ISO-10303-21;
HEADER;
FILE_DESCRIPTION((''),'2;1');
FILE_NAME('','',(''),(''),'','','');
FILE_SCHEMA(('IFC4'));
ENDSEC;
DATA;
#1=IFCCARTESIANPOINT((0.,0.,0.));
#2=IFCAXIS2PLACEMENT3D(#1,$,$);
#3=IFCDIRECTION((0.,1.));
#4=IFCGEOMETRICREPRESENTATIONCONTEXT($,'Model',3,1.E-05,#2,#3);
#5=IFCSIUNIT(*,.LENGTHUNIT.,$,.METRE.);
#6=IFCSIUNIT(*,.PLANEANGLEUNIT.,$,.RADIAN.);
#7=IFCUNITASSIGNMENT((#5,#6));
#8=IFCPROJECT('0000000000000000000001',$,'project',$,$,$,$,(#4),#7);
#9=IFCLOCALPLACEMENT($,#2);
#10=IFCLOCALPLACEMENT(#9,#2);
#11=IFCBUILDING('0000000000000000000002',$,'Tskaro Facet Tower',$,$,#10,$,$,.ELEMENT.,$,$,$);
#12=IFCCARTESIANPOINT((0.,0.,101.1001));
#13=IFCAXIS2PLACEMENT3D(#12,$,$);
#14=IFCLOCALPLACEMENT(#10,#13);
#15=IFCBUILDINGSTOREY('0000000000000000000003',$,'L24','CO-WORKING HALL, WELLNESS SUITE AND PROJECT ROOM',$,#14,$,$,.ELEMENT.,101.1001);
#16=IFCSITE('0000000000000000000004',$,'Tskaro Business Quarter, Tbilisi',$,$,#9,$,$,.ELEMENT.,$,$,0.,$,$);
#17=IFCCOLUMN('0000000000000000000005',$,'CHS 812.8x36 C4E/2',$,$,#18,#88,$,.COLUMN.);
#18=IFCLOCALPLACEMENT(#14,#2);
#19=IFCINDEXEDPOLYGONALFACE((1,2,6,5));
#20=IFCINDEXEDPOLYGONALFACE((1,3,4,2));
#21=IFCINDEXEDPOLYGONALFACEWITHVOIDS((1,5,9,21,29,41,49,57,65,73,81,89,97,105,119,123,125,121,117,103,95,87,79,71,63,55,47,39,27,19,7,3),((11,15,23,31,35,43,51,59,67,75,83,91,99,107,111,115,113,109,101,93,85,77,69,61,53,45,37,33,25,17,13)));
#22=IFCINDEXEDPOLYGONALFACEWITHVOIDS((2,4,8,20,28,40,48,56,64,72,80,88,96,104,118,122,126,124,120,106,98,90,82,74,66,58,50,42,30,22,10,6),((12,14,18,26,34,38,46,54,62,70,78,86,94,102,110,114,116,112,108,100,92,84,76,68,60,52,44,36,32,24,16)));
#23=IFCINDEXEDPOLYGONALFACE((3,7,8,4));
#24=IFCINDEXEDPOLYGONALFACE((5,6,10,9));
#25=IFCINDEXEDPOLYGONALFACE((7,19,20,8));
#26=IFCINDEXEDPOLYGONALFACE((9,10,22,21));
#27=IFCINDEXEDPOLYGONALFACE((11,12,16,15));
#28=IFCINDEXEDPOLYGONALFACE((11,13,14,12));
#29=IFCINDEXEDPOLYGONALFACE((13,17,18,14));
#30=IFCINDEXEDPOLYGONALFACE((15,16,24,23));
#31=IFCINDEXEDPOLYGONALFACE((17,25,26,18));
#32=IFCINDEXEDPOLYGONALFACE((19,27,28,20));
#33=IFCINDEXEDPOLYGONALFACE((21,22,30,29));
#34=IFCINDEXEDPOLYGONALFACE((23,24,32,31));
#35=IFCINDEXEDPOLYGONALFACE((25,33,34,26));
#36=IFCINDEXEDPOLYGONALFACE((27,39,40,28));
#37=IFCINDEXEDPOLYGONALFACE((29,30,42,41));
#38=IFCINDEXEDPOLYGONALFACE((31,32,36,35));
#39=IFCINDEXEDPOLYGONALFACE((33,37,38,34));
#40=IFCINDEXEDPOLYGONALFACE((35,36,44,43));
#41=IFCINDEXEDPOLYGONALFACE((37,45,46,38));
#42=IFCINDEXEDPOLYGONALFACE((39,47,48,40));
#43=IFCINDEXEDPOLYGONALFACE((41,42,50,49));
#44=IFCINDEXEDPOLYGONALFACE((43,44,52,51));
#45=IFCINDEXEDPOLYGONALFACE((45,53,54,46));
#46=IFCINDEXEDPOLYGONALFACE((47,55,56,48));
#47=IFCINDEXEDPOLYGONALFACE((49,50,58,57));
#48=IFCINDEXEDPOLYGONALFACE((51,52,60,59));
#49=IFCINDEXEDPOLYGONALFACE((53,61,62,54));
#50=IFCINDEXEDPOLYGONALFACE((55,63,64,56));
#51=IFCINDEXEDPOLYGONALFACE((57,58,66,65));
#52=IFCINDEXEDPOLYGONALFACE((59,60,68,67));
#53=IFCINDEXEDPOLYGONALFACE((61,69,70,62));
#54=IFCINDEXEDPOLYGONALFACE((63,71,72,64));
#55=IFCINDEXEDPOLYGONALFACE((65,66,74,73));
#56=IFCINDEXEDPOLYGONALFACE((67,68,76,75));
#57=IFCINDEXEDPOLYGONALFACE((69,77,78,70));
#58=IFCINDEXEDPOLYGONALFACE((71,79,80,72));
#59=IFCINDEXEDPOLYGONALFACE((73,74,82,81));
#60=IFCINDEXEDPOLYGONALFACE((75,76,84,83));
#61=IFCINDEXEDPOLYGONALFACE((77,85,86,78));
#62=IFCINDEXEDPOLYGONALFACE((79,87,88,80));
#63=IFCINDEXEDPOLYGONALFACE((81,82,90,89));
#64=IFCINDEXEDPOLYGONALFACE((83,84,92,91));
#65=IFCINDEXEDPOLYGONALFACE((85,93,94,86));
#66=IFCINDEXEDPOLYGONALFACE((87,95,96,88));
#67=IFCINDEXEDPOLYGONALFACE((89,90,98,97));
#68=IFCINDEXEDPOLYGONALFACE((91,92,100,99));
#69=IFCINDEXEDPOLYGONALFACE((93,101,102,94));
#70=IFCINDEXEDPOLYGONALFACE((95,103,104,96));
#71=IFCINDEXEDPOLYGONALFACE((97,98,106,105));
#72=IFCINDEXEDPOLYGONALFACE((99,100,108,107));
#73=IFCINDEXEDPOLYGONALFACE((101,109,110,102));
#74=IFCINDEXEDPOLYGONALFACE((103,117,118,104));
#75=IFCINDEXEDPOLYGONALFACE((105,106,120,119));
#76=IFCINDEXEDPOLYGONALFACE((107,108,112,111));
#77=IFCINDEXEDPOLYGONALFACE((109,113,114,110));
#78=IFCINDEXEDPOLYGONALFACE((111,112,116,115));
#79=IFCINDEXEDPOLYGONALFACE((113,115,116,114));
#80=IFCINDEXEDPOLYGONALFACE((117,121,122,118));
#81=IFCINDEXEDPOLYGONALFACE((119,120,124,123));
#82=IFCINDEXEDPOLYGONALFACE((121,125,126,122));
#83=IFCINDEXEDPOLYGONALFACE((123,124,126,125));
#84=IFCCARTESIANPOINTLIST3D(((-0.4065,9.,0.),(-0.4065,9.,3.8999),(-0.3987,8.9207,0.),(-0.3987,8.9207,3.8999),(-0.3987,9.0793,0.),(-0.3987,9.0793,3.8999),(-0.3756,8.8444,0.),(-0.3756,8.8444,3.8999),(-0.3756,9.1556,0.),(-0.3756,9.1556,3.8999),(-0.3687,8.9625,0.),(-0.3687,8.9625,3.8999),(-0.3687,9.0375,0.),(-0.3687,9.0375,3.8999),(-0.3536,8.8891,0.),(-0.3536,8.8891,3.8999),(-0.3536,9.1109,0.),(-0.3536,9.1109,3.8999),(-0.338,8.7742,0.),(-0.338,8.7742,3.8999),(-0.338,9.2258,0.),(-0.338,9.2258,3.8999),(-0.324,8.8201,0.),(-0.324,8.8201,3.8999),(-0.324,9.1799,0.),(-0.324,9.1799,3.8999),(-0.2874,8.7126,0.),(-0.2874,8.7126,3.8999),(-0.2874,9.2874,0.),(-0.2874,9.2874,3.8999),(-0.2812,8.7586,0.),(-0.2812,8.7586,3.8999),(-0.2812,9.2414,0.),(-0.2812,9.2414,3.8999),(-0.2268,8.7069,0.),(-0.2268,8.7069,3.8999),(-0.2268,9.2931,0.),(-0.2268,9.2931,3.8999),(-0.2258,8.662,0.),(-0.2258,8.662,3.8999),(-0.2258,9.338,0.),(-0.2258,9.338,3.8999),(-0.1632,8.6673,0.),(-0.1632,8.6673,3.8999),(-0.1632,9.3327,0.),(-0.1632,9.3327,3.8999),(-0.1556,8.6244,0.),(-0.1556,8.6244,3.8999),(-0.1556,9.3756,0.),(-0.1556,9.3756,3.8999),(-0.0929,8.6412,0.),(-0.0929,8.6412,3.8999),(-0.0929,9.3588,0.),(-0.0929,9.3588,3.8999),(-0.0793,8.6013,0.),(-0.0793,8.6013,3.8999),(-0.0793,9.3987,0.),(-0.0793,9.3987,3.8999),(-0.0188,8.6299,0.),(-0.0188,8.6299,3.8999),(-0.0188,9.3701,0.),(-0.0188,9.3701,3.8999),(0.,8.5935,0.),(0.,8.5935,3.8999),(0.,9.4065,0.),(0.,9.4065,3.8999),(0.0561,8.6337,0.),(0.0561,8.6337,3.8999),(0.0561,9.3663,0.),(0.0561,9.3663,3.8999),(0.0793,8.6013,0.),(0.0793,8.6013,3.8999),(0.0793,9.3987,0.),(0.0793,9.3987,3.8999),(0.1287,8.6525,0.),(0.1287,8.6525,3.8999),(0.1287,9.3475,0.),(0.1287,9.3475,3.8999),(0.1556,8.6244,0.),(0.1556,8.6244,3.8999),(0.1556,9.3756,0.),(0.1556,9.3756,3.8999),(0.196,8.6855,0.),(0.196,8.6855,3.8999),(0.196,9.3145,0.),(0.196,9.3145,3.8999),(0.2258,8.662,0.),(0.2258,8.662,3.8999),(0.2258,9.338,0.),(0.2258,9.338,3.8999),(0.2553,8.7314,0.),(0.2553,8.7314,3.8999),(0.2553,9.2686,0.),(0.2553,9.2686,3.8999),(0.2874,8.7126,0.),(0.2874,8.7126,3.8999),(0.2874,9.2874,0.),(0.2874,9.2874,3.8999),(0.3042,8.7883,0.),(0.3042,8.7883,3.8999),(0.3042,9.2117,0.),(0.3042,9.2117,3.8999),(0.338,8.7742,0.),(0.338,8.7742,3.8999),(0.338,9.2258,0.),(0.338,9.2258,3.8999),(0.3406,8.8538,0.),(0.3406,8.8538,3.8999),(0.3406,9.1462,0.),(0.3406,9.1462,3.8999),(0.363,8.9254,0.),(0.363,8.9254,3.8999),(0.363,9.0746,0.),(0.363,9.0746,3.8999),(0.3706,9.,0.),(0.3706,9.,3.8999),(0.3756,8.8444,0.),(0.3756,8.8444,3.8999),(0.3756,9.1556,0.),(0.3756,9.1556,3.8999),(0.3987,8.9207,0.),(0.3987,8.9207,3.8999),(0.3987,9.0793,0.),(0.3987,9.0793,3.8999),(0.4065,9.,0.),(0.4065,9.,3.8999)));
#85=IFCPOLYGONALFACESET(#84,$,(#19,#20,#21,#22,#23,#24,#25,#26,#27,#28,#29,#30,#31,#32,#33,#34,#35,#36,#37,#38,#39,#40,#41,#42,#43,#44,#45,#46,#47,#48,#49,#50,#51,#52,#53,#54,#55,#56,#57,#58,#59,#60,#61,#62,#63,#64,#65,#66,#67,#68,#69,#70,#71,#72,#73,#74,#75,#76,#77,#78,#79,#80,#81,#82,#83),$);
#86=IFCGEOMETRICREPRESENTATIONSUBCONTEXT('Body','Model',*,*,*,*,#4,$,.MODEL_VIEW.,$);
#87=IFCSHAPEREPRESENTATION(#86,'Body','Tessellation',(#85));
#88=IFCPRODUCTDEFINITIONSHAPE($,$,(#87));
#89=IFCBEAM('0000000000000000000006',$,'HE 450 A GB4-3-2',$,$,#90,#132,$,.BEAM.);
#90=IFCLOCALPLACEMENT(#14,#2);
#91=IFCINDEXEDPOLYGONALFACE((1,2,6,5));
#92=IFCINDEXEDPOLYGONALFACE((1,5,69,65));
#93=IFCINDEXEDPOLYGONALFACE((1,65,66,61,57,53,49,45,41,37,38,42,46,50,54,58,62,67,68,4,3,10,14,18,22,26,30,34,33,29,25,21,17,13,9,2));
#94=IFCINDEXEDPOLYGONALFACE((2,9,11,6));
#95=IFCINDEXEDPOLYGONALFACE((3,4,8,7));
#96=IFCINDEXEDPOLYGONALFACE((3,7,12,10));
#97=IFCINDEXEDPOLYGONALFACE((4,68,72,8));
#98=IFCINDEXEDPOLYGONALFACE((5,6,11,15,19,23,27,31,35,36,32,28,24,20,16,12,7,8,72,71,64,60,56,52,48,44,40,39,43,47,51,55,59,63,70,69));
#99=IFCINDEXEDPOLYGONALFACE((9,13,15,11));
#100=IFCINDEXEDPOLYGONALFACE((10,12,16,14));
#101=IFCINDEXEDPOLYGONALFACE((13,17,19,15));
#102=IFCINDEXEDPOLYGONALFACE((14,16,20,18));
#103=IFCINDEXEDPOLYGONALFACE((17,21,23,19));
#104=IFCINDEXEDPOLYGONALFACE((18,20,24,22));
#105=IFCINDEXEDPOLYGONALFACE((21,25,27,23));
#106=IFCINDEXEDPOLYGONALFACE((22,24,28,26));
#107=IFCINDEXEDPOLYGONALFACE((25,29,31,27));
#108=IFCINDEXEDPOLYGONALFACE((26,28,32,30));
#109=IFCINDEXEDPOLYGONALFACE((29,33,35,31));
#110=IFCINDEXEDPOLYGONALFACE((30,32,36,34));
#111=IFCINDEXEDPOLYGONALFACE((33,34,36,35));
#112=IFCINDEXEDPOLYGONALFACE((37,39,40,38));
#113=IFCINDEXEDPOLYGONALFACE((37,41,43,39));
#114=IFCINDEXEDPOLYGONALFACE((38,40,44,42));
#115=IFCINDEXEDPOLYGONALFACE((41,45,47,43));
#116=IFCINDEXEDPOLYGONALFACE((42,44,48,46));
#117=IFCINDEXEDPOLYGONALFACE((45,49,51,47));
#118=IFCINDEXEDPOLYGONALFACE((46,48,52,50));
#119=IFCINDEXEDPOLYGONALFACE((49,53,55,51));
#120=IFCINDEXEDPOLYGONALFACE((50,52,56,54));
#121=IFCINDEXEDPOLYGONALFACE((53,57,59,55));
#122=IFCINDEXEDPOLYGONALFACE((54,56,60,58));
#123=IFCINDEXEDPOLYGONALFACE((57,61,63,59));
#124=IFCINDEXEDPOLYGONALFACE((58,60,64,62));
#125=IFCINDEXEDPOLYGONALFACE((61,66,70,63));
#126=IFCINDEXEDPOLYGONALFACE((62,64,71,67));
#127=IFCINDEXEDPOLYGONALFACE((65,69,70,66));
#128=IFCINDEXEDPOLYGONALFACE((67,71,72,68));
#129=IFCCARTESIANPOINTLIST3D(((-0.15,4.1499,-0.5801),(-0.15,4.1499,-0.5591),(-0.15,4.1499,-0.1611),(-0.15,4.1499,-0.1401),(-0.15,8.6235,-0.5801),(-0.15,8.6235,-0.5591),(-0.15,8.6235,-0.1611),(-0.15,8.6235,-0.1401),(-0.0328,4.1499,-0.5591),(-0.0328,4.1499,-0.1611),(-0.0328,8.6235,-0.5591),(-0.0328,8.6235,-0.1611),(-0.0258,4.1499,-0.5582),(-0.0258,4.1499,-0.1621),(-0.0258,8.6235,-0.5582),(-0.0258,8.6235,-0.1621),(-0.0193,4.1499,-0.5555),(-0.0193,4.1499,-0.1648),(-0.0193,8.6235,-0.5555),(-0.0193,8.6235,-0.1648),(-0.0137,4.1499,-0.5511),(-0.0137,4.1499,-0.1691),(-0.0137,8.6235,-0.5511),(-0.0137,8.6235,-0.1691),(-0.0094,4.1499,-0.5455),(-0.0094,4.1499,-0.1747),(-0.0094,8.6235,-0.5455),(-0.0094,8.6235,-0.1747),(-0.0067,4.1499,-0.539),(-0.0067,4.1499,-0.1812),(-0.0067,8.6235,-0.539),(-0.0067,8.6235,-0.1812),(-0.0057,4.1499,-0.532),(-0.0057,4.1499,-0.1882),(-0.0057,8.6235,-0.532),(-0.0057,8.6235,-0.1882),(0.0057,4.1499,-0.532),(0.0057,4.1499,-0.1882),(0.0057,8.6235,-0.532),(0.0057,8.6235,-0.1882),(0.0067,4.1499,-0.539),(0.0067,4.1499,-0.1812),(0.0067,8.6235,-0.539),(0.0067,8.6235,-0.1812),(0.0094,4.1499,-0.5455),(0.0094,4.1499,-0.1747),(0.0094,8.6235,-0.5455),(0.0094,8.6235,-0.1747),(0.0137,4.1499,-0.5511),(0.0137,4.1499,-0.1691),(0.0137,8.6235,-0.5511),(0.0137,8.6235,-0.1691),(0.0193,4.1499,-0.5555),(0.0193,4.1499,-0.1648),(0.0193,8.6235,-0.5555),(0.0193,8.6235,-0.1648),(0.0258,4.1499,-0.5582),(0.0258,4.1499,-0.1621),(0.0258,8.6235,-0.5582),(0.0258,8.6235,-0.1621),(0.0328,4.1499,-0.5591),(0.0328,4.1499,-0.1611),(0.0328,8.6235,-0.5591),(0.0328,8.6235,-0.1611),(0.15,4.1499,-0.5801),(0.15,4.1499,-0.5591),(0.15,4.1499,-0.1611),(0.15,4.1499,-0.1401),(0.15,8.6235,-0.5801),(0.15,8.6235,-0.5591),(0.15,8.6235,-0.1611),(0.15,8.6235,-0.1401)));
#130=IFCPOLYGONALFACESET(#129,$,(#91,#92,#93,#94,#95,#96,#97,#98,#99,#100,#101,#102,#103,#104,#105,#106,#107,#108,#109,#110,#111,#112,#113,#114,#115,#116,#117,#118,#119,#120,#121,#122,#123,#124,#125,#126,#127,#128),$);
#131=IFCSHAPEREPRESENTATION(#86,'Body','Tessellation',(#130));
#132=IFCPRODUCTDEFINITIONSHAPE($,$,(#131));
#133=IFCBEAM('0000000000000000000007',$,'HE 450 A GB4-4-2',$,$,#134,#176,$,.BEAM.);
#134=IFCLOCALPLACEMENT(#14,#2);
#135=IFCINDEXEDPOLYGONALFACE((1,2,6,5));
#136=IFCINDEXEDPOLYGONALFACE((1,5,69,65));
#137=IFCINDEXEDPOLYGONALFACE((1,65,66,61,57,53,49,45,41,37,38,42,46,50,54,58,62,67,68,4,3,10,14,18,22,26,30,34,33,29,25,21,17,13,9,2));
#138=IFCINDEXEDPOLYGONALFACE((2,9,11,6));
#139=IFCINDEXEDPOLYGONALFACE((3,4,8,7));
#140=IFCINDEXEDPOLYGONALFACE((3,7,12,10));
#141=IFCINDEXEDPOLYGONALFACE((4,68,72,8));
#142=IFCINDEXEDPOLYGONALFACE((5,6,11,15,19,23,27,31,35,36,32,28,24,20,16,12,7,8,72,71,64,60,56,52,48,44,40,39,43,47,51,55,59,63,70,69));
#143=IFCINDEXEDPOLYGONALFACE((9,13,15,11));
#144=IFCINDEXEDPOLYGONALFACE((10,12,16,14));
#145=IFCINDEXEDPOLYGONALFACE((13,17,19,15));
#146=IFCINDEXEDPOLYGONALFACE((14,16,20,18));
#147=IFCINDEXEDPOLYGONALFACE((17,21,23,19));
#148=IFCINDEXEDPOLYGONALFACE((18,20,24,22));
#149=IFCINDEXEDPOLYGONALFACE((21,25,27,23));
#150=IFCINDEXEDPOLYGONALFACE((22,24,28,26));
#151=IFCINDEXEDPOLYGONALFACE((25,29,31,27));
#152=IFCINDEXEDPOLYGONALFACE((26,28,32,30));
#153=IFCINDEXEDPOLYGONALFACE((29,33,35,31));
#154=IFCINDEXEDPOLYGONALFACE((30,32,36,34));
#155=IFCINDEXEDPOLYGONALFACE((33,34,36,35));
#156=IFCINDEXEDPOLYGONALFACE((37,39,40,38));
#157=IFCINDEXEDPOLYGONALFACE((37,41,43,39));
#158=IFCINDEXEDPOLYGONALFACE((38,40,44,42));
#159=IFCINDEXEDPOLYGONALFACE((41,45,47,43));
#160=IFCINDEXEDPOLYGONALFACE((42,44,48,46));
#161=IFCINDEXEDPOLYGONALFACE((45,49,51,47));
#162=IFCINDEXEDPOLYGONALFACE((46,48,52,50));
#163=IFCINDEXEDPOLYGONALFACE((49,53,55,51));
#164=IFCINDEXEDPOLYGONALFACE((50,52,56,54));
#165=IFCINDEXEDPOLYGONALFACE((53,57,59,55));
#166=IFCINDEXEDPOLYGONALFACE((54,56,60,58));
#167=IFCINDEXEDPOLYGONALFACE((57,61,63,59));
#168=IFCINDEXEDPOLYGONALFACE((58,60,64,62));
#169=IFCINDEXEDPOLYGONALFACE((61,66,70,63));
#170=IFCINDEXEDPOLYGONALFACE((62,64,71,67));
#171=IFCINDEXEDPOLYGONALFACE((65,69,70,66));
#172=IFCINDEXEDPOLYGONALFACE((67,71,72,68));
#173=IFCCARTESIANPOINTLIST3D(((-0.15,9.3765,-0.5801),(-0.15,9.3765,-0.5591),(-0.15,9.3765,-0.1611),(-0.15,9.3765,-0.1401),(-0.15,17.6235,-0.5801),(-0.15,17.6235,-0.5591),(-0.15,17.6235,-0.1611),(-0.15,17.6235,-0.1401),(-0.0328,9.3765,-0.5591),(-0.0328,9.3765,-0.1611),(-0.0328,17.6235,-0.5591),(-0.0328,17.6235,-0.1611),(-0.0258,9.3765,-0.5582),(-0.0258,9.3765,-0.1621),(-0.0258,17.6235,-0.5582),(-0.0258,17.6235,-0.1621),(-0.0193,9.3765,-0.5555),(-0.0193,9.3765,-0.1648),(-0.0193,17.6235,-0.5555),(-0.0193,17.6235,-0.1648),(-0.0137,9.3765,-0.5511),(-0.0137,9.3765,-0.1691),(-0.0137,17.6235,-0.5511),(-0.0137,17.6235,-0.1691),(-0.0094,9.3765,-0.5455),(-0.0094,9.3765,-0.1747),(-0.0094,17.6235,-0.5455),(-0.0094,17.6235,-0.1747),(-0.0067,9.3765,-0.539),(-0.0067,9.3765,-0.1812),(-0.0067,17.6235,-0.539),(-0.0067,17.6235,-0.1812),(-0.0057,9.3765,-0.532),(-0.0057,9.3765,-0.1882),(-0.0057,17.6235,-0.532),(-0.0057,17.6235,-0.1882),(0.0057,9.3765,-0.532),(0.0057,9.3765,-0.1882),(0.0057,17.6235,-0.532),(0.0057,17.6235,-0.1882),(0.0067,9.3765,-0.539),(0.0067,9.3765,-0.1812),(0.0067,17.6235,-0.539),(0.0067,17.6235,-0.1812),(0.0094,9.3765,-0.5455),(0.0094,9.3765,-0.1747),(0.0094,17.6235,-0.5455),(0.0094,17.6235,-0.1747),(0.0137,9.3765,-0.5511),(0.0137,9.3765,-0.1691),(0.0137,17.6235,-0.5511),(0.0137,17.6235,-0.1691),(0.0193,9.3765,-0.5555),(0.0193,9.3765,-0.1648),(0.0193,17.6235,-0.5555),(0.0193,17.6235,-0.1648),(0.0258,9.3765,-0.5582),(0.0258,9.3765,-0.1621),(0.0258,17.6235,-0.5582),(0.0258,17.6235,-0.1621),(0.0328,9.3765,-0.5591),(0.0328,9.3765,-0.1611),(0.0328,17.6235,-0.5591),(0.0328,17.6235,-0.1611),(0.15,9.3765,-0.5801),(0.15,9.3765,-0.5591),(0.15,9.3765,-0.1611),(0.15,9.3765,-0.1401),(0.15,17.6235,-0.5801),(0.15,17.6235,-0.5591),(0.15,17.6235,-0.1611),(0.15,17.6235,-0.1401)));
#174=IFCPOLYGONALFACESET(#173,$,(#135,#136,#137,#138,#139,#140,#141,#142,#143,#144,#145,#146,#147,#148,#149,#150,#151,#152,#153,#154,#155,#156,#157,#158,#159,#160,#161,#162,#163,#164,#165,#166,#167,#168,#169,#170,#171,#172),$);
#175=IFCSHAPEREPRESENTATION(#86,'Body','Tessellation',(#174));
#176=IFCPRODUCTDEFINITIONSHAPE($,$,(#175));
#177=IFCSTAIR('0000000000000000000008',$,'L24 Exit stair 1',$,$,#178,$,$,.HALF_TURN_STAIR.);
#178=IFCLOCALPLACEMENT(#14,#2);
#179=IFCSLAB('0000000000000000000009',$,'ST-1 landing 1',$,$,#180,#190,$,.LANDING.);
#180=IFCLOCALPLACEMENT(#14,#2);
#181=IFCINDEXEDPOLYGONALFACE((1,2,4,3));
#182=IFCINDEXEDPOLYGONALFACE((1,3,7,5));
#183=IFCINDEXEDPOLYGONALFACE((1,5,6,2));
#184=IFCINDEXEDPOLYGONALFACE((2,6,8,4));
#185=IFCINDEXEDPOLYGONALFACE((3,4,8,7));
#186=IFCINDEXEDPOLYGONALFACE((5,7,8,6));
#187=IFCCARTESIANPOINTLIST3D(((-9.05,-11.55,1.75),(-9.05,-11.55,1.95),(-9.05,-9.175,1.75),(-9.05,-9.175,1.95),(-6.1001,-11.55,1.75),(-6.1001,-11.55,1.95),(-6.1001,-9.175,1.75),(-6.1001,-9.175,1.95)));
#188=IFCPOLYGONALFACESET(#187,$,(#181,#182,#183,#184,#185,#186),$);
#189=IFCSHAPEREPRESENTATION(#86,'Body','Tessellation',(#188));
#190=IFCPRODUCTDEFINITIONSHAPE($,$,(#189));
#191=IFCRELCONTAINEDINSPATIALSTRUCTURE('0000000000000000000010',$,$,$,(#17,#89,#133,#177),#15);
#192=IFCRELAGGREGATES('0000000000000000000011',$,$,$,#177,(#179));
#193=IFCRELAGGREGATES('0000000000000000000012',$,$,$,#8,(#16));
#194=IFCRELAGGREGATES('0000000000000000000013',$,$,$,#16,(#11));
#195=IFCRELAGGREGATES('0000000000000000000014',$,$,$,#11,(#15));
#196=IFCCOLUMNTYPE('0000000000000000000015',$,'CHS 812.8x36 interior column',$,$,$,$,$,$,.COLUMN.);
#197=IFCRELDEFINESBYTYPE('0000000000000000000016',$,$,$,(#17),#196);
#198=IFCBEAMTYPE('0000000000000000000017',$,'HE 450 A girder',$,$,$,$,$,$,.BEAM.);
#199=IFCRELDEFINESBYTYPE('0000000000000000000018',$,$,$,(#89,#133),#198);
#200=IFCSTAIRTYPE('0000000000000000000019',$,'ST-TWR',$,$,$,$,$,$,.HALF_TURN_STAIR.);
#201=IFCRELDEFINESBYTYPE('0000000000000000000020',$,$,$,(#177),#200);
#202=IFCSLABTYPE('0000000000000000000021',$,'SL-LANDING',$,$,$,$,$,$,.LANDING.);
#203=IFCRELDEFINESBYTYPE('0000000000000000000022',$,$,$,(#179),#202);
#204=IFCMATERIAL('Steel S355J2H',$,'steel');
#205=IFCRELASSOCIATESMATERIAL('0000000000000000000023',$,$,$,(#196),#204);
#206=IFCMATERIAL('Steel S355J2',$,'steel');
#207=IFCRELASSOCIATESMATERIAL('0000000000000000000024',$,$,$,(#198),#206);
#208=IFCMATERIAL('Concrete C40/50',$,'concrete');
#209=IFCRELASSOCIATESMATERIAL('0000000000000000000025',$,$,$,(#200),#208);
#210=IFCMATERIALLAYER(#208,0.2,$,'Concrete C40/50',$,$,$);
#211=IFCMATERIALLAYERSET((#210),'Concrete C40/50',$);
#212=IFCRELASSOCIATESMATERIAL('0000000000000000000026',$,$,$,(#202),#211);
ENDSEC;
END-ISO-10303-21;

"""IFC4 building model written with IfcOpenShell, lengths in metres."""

from ifc_helpers import new_model, si_unit, direction, frame, origin, origin_2d, place, context, subcontext, project, spatial, polyline, hollow_circle, i_section, outline, extrude, material, layer, layer_set, material_profile, profile_set, type_object, element, aggregate, save


model = new_model("IFC4")

# Units and contexts
model_context = context("Model", 3, precision=1e-05, world=origin(), true_north=direction((0.0, 1.0)))
body_context = subcontext(model_context, "Body", "Model", "MODEL_VIEW")
ifc_project = project(units=[si_unit("LENGTHUNIT", "METRE"), si_unit("PLANEANGLEUNIT", "RADIAN")], contexts=[model_context])

# Site, building, storey
site_placement = place(None, origin())
site = spatial("IfcSite", under=ifc_project, at=site_placement, Name="Tskaro Business Quarter, Tbilisi", CompositionType="ELEMENT", RefElevation=0.0)
building_placement = place(site_placement, origin())
building = spatial("IfcBuilding", under=site, at=building_placement, Name="Tskaro Facet Tower", CompositionType="ELEMENT")
storey_placement = place(building_placement, frame((0.0, 0.0, 101.1001)))
storey = spatial("IfcBuildingStorey", under=building, at=storey_placement, Name="L24", Description="CO-WORKING HALL, WELLNESS SUITE AND PROJECT ROOM", CompositionType="ELEMENT", Elevation=101.1001)

# Column
ifc_material_1 = material(Name="Steel S355J2H", Category="steel")
ifc_material_profile_1 = material_profile(ifc_material_1, hollow_circle(Radius=0.4065, WallThickness=0.0359, at=origin_2d()), Name="CHS 812.8x36")
ifc_profile_set_1 = profile_set([ifc_material_profile_1], Name="Steel S355J2H")
column_type = type_object("IfcColumnType", Name="CHS 812.8x36 interior column", PredefinedType="COLUMN", material=ifc_profile_set_1)
column_placement = place(storey_placement, frame((0.0, 9.0, 0.0), z_axis=(0.0, 0.0, 1.0), x_axis=(1.0, 0.0, 0.0)))
element("IfcColumn", 1, at=column_placement, inside=storey, type_object=column_type, Name="CHS 812.8x36 C4E/2", PredefinedType="COLUMN", context=body_context, shape_type="SweptSolid", body=[
    extrude(hollow_circle(Radius=0.4065, WallThickness=0.0359, at=origin_2d()), origin(), (0.0, 0.0, 1.0), 3.8999),
])

# Beams
ifc_material_2 = material(Name="Steel S355J2", Category="steel")
ifc_material_profile_2 = material_profile(ifc_material_2, i_section(OverallWidth=0.3, OverallDepth=0.4399, WebThickness=0.0115, FlangeThickness=0.021, FilletRadius=0.0271, at=origin_2d()), Name="HE 450 A")
ifc_profile_set_2 = profile_set([ifc_material_profile_2], Name="Steel S355J2")
beam_type = type_object("IfcBeamType", Name="HE 450 A girder", PredefinedType="BEAM", material=ifc_profile_set_2)
beam_1_placement = place(storey_placement, frame((0.0, 4.1499, -0.3601), z_axis=(0.0, 1.0, 0.0), x_axis=(-1.0, 0.0, 0.0)))
element("IfcBeam", 2, at=beam_1_placement, inside=storey, type_object=beam_type, Name="HE 450 A GB4-3-2", PredefinedType="BEAM", context=body_context, shape_type="SweptSolid", body=[
    extrude(i_section(OverallWidth=0.3, OverallDepth=0.4399, WebThickness=0.0115, FlangeThickness=0.021, FilletRadius=0.0271, at=origin_2d()), origin(), (0.0, 0.0, 1.0), 4.4736),
])
beam_2_placement = place(storey_placement, frame((0.0, 9.3765, -0.3601), z_axis=(0.0, 1.0, 0.0), x_axis=(-1.0, 0.0, 0.0)))
element("IfcBeam", 3, at=beam_2_placement, inside=storey, type_object=beam_type, Name="HE 450 A GB4-4-2", PredefinedType="BEAM", context=body_context, shape_type="SweptSolid", body=[
    extrude(i_section(OverallWidth=0.3, OverallDepth=0.4399, WebThickness=0.0115, FlangeThickness=0.021, FilletRadius=0.0271, at=origin_2d()), origin(), (0.0, 0.0, 1.0), 8.2471),
])

# Stair, slab
ifc_material_3 = material(Name="Concrete C40/50", Category="concrete")
stair_type = type_object("IfcStairType", Name="ST-TWR", PredefinedType="HALF_TURN_STAIR", material=ifc_material_3)
stair_1_placement = place(storey_placement, origin())
stair_1 = element("IfcStair", 4, at=stair_1_placement, inside=storey, type_object=stair_type, Name="L24 Exit stair 1", PredefinedType="HALF_TURN_STAIR")
ifc_layer_1 = layer(ifc_material_3, 0.2, Name="Concrete C40/50")
ifc_layer_set_1 = layer_set([ifc_layer_1], Name="Concrete C40/50")
slab_type = type_object("IfcSlabType", Name="SL-LANDING", PredefinedType="LANDING", material=ifc_layer_set_1)
slab_1_placement = place(storey_placement, frame((0.0, 0.0, 1.75)))
slab_1 = element("IfcSlab", 5, at=slab_1_placement, type_object=slab_type, Name="ST-1 landing 1", PredefinedType="LANDING", context=body_context, shape_type="SweptSolid", body=[
    extrude(outline(polyline([(-9.05, -11.55), (-6.1001, -11.55), (-6.1001, -9.175), (-9.05, -9.175), (-9.05, -11.55)])), origin(), (0.0, 0.0, 1.0), 0.2),
])
aggregate(stair_1, [slab_1])

save(model, "model.ifc")
